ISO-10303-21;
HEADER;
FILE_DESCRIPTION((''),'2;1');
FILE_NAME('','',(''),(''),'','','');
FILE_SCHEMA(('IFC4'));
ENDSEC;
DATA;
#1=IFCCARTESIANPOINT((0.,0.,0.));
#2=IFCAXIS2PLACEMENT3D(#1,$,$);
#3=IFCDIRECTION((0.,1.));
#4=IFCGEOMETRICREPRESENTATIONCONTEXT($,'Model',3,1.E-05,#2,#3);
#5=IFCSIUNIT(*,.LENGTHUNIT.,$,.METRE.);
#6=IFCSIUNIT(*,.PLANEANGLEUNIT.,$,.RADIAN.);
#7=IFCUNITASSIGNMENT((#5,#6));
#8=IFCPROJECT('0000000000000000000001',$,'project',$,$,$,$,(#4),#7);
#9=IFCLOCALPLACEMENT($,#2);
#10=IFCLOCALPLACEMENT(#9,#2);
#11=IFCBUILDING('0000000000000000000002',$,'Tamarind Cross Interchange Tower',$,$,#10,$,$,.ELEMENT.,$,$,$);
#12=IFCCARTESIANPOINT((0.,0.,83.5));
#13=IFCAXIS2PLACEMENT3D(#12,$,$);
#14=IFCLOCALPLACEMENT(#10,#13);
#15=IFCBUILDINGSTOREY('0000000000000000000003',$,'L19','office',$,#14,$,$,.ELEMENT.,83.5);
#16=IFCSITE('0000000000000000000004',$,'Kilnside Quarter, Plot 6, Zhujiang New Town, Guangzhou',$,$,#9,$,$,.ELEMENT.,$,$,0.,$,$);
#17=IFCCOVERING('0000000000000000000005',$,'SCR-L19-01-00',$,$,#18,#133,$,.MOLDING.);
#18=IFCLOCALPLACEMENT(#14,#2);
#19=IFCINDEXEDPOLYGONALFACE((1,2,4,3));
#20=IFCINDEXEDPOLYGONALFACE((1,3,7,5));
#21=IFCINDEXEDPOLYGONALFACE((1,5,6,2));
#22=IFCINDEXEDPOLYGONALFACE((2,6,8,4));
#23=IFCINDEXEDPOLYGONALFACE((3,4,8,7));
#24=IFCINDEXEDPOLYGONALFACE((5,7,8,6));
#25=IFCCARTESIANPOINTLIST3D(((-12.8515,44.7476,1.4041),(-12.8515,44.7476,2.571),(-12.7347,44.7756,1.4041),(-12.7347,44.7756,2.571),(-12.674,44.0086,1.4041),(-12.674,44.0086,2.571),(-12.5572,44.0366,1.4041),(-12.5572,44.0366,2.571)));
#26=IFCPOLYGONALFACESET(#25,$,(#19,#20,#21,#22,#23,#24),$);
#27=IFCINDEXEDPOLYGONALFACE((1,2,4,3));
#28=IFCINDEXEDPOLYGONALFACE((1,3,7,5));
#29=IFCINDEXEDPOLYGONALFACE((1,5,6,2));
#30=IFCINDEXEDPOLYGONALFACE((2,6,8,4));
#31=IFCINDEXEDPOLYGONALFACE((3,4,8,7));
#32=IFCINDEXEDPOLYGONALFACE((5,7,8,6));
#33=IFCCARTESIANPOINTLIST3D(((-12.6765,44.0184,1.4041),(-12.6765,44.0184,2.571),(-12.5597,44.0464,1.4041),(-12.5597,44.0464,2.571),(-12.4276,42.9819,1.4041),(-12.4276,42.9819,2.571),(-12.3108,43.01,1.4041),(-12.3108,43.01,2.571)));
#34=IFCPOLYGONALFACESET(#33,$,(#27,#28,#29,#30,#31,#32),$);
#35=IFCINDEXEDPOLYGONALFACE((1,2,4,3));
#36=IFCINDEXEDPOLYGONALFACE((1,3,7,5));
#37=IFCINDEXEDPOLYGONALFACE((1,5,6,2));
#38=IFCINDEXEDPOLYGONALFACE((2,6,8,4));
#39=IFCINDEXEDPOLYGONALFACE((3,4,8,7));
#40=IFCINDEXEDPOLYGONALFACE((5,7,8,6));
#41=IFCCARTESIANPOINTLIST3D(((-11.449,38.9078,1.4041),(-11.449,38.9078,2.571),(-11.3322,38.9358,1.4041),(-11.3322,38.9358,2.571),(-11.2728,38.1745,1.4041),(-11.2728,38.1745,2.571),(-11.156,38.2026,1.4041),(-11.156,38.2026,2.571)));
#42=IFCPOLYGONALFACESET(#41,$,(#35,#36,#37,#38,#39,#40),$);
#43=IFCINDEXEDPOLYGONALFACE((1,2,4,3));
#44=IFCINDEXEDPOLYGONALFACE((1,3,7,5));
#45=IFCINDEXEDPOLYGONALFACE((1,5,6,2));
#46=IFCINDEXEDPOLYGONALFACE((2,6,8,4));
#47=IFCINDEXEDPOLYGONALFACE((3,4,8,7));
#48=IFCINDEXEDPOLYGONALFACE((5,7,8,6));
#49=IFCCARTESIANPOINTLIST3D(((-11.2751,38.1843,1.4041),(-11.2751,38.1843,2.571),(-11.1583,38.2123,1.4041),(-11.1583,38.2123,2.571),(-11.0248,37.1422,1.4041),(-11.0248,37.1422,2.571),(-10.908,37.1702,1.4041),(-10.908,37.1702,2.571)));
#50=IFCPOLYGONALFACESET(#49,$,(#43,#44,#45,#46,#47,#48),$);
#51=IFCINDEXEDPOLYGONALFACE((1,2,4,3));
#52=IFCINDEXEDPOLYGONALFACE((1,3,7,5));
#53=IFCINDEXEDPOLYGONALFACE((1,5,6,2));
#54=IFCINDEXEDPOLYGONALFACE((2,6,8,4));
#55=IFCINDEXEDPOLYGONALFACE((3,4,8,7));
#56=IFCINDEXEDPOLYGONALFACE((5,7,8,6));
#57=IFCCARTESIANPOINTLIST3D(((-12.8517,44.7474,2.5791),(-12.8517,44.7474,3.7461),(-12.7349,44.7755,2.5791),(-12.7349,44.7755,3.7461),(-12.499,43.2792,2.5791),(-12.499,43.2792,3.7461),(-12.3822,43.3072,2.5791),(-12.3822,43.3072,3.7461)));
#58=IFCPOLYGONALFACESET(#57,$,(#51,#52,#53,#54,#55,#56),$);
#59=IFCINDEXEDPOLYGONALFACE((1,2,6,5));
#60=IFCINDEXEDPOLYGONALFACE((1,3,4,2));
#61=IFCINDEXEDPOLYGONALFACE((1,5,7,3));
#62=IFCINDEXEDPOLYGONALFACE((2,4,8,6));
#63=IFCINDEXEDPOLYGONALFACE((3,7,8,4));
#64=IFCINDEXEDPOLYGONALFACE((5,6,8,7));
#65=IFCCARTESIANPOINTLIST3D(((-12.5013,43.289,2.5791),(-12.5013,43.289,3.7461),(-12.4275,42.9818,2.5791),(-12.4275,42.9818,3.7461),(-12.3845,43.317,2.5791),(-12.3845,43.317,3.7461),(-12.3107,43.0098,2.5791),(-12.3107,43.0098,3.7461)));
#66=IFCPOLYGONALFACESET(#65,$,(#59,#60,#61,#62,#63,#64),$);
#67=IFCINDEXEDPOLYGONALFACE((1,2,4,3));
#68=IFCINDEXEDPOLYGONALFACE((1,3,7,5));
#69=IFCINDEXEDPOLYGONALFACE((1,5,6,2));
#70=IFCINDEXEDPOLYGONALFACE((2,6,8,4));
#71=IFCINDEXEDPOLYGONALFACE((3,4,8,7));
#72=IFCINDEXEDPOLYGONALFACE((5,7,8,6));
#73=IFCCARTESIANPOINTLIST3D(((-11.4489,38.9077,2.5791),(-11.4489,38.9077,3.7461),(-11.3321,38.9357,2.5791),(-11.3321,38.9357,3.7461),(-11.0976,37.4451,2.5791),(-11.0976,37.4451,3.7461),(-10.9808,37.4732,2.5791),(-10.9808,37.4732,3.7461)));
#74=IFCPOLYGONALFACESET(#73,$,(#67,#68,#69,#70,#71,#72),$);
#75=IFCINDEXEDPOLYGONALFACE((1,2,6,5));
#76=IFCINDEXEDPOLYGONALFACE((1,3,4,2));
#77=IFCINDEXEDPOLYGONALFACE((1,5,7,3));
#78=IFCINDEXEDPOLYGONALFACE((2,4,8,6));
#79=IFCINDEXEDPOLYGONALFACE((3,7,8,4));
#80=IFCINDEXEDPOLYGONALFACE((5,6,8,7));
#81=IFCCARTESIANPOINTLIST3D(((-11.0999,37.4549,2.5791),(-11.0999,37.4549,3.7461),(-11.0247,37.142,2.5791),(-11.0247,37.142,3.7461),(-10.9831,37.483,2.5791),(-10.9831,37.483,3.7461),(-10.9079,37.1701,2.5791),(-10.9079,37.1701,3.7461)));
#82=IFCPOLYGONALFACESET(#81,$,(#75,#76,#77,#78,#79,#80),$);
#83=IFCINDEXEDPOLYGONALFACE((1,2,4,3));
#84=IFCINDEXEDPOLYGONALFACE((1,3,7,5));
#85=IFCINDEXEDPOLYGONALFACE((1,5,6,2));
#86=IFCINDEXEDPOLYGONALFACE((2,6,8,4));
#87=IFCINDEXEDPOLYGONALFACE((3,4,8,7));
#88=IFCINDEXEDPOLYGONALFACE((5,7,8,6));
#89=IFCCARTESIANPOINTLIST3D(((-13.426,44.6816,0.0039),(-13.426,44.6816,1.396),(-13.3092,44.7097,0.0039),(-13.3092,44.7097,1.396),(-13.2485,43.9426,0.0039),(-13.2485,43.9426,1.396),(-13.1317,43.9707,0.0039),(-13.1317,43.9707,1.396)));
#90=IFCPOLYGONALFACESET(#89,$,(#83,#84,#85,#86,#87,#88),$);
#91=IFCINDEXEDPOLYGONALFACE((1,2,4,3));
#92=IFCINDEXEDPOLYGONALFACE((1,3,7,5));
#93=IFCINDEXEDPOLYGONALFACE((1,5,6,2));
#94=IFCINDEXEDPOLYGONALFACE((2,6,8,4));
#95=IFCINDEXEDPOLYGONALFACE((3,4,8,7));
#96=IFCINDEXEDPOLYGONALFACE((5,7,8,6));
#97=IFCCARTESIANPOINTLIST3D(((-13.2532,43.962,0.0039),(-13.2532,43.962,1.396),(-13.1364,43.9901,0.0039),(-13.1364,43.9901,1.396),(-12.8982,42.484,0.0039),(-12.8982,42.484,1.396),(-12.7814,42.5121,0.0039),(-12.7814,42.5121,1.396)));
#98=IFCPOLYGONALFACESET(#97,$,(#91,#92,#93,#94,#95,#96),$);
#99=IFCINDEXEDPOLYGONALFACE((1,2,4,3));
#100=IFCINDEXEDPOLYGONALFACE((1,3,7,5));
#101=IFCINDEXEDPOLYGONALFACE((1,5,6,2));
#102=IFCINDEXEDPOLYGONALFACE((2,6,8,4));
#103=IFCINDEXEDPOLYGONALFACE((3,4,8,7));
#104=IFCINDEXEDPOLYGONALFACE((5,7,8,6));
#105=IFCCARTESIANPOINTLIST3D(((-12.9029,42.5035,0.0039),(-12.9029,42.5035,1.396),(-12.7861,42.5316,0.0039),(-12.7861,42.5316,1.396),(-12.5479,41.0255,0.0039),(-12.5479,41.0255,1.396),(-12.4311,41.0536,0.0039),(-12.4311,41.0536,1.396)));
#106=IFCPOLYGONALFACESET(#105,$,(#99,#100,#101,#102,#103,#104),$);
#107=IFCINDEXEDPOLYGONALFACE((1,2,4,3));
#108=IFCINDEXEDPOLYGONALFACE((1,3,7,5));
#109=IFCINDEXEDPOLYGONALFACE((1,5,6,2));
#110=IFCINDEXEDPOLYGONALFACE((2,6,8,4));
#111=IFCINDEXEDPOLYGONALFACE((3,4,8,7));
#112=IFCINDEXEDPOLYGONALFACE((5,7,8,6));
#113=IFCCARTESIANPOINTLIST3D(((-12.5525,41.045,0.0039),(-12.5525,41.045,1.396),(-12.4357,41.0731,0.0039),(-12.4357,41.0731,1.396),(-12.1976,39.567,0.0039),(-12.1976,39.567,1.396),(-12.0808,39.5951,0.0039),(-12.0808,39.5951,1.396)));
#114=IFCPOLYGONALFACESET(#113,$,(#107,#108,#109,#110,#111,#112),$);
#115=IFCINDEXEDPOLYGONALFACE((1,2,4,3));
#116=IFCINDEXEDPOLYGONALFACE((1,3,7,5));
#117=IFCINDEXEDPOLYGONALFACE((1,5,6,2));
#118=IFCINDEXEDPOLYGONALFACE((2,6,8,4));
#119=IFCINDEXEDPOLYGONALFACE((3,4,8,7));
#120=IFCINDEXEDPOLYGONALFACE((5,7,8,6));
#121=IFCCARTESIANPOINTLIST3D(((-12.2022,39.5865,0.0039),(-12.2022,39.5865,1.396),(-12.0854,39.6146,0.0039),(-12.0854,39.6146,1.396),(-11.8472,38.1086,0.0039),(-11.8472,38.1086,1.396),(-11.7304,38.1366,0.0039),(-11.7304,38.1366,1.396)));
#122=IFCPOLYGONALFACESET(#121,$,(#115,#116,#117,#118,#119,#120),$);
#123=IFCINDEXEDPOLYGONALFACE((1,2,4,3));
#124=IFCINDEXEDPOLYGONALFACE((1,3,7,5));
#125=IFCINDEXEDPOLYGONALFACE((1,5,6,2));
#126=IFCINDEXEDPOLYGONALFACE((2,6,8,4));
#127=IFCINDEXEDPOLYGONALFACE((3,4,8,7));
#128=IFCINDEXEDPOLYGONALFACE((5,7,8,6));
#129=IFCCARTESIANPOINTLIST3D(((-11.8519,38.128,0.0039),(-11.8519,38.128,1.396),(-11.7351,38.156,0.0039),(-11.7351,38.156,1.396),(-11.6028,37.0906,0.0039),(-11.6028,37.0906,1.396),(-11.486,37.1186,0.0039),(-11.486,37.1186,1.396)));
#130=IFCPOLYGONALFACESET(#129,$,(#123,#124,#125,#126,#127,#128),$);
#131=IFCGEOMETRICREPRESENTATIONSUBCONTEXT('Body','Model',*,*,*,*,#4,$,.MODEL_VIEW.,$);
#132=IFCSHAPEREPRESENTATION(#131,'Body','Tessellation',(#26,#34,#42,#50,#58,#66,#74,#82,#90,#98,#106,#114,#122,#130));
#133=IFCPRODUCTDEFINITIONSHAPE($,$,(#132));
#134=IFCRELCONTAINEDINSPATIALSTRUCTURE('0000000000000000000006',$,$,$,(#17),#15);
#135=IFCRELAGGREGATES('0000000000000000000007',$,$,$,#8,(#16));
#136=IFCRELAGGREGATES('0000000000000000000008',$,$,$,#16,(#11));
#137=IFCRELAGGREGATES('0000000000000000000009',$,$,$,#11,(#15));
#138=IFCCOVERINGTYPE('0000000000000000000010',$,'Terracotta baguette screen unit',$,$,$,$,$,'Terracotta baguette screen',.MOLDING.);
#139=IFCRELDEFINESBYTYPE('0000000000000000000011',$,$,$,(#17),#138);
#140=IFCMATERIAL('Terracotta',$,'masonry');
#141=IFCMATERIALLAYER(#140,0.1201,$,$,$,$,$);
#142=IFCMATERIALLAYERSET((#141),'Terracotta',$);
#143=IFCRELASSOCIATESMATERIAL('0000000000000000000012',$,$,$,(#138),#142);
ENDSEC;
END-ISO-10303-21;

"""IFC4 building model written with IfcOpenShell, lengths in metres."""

from ifc_helpers import new_model, si_unit, direction, frame, origin, origin_2d, place, context, subcontext, project, spatial, rectangle, extrude, material, layer, layer_set, type_object, element, save


model = new_model("IFC4")

# Units and contexts
model_context = context("Model", 3, precision=1e-05, world=origin(), true_north=direction((0.0, 1.0)))
body_context = subcontext(model_context, "Body", "Model", "MODEL_VIEW")
ifc_project = project(units=[si_unit("LENGTHUNIT", "METRE"), si_unit("PLANEANGLEUNIT", "RADIAN")], contexts=[model_context])

# Site, building, storey
site_placement = place(None, origin())
site = spatial("IfcSite", under=ifc_project, at=site_placement, Name="Kilnside Quarter, Plot 6, Zhujiang New Town, Guangzhou", CompositionType="ELEMENT", RefElevation=0.0)
building_placement = place(site_placement, origin())
building = spatial("IfcBuilding", under=site, at=building_placement, Name="Tamarind Cross Interchange Tower", CompositionType="ELEMENT")
storey_placement = place(building_placement, frame((0.0, 0.0, 83.5)))
storey = spatial("IfcBuildingStorey", under=building, at=storey_placement, Name="L19", Description="office", CompositionType="ELEMENT", Elevation=83.5)

# Covering
ifc_material_1 = material(Name="Terracotta", Category="masonry")
ifc_layer_1 = layer(ifc_material_1, 0.1201)
ifc_layer_set_1 = layer_set([ifc_layer_1], Name="Terracotta")
covering_type = type_object("IfcCoveringType", Name="Terracotta baguette screen unit", ElementType="Terracotta baguette screen", PredefinedType="MOLDING", material=ifc_layer_set_1)
covering_1_placement = place(storey_placement, origin())
element("IfcCovering", 1, at=covering_1_placement, inside=storey, type_object=covering_type, Name="SCR-L19-01-00", PredefinedType="MOLDING", context=body_context, shape_type="SweptSolid", body=[
    extrude(rectangle(XDim=0.76, YDim=0.1201, at=origin_2d()), frame((-12.7043, 44.3921, 1.4041), z_axis=(0.0, 0.0, 1.0), x_axis=(0.233544, -0.972346, 0.0)), (0.0, 0.0, 1.0), 1.167),
    extrude(rectangle(XDim=1.0659, YDim=0.1201, at=origin_2d()), frame((-12.4937, 43.5142, 1.4041), z_axis=(0.0, 0.0, 1.0), x_axis=(0.233544, -0.972346, 0.0)), (0.0, 0.0, 1.0), 1.167),
    extrude(rectangle(XDim=0.7542, YDim=0.1201, at=origin_2d()), frame((-11.3025, 38.5552, 1.4041), z_axis=(0.0, 0.0, 1.0), x_axis=(0.233544, -0.972346, 0.0)), (0.0, 0.0, 1.0), 1.167),
    extrude(rectangle(XDim=1.0718, YDim=0.1201, at=origin_2d()), frame((-11.0916, 37.6772, 1.4041), z_axis=(0.0, 0.0, 1.0), x_axis=(0.233544, -0.972346, 0.0)), (0.0, 0.0, 1.0), 1.167),
    extrude(rectangle(XDim=1.51, YDim=0.1201, at=origin_2d()), frame((-12.6169, 44.0273, 2.5791), z_axis=(0.0, 0.0, 1.0), x_axis=(0.233544, -0.972346, 0.0)), (0.0, 0.0, 1.0), 1.167),
    extrude(rectangle(XDim=0.3159, YDim=0.1201, at=origin_2d()), frame((-12.406, 43.1494, 2.5791), z_axis=(0.0, 0.0, 1.0), x_axis=(0.233544, -0.972346, 0.0)), (0.0, 0.0, 1.0), 1.167),
    extrude(rectangle(XDim=1.5042, YDim=0.1201, at=origin_2d()), frame((-11.2148, 38.1904, 2.5791), z_axis=(0.0, 0.0, 1.0), x_axis=(0.233544, -0.972346, 0.0)), (0.0, 0.0, 1.0), 1.167),
    extrude(rectangle(XDim=0.3218, YDim=0.1201, at=origin_2d()), frame((-11.0039, 37.3125, 2.5791), z_axis=(0.0, 0.0, 1.0), x_axis=(0.233544, -0.972346, 0.0)), (0.0, 0.0, 1.0), 1.167),
    extrude(rectangle(XDim=0.76, YDim=0.1201, at=origin_2d()), frame((-13.2788, 44.3262, 0.0039), z_axis=(0.0, 0.0, 1.0), x_axis=(0.233544, -0.972346, 0.0)), (0.0, 0.0, 1.0), 1.3921),
    extrude(rectangle(XDim=1.52, YDim=0.1201, at=origin_2d()), frame((-13.0173, 43.2371, 0.0039), z_axis=(0.0, 0.0, 1.0), x_axis=(0.233544, -0.972346, 0.0)), (0.0, 0.0, 1.0), 1.3921),
    extrude(rectangle(XDim=1.52, YDim=0.1201, at=origin_2d()), frame((-12.667, 41.7786, 0.0039), z_axis=(0.0, 0.0, 1.0), x_axis=(0.233544, -0.972346, 0.0)), (0.0, 0.0, 1.0), 1.3921),
    extrude(rectangle(XDim=1.52, YDim=0.1201, at=origin_2d()), frame((-12.3167, 40.3201, 0.0039), z_axis=(0.0, 0.0, 1.0), x_axis=(0.233544, -0.972346, 0.0)), (0.0, 0.0, 1.0), 1.3921),
    extrude(rectangle(XDim=1.52, YDim=0.1201, at=origin_2d()), frame((-11.9663, 38.8616, 0.0039), z_axis=(0.0, 0.0, 1.0), x_axis=(0.233544, -0.972346, 0.0)), (0.0, 0.0, 1.0), 1.3921),
    extrude(rectangle(XDim=1.0669, YDim=0.1201, at=origin_2d()), frame((-11.6689, 37.6233, 0.0039), z_axis=(0.0, 0.0, 1.0), x_axis=(0.233544, -0.972346, 0.0)), (0.0, 0.0, 1.0), 1.3921),
])

save(model, "model.ifc")
